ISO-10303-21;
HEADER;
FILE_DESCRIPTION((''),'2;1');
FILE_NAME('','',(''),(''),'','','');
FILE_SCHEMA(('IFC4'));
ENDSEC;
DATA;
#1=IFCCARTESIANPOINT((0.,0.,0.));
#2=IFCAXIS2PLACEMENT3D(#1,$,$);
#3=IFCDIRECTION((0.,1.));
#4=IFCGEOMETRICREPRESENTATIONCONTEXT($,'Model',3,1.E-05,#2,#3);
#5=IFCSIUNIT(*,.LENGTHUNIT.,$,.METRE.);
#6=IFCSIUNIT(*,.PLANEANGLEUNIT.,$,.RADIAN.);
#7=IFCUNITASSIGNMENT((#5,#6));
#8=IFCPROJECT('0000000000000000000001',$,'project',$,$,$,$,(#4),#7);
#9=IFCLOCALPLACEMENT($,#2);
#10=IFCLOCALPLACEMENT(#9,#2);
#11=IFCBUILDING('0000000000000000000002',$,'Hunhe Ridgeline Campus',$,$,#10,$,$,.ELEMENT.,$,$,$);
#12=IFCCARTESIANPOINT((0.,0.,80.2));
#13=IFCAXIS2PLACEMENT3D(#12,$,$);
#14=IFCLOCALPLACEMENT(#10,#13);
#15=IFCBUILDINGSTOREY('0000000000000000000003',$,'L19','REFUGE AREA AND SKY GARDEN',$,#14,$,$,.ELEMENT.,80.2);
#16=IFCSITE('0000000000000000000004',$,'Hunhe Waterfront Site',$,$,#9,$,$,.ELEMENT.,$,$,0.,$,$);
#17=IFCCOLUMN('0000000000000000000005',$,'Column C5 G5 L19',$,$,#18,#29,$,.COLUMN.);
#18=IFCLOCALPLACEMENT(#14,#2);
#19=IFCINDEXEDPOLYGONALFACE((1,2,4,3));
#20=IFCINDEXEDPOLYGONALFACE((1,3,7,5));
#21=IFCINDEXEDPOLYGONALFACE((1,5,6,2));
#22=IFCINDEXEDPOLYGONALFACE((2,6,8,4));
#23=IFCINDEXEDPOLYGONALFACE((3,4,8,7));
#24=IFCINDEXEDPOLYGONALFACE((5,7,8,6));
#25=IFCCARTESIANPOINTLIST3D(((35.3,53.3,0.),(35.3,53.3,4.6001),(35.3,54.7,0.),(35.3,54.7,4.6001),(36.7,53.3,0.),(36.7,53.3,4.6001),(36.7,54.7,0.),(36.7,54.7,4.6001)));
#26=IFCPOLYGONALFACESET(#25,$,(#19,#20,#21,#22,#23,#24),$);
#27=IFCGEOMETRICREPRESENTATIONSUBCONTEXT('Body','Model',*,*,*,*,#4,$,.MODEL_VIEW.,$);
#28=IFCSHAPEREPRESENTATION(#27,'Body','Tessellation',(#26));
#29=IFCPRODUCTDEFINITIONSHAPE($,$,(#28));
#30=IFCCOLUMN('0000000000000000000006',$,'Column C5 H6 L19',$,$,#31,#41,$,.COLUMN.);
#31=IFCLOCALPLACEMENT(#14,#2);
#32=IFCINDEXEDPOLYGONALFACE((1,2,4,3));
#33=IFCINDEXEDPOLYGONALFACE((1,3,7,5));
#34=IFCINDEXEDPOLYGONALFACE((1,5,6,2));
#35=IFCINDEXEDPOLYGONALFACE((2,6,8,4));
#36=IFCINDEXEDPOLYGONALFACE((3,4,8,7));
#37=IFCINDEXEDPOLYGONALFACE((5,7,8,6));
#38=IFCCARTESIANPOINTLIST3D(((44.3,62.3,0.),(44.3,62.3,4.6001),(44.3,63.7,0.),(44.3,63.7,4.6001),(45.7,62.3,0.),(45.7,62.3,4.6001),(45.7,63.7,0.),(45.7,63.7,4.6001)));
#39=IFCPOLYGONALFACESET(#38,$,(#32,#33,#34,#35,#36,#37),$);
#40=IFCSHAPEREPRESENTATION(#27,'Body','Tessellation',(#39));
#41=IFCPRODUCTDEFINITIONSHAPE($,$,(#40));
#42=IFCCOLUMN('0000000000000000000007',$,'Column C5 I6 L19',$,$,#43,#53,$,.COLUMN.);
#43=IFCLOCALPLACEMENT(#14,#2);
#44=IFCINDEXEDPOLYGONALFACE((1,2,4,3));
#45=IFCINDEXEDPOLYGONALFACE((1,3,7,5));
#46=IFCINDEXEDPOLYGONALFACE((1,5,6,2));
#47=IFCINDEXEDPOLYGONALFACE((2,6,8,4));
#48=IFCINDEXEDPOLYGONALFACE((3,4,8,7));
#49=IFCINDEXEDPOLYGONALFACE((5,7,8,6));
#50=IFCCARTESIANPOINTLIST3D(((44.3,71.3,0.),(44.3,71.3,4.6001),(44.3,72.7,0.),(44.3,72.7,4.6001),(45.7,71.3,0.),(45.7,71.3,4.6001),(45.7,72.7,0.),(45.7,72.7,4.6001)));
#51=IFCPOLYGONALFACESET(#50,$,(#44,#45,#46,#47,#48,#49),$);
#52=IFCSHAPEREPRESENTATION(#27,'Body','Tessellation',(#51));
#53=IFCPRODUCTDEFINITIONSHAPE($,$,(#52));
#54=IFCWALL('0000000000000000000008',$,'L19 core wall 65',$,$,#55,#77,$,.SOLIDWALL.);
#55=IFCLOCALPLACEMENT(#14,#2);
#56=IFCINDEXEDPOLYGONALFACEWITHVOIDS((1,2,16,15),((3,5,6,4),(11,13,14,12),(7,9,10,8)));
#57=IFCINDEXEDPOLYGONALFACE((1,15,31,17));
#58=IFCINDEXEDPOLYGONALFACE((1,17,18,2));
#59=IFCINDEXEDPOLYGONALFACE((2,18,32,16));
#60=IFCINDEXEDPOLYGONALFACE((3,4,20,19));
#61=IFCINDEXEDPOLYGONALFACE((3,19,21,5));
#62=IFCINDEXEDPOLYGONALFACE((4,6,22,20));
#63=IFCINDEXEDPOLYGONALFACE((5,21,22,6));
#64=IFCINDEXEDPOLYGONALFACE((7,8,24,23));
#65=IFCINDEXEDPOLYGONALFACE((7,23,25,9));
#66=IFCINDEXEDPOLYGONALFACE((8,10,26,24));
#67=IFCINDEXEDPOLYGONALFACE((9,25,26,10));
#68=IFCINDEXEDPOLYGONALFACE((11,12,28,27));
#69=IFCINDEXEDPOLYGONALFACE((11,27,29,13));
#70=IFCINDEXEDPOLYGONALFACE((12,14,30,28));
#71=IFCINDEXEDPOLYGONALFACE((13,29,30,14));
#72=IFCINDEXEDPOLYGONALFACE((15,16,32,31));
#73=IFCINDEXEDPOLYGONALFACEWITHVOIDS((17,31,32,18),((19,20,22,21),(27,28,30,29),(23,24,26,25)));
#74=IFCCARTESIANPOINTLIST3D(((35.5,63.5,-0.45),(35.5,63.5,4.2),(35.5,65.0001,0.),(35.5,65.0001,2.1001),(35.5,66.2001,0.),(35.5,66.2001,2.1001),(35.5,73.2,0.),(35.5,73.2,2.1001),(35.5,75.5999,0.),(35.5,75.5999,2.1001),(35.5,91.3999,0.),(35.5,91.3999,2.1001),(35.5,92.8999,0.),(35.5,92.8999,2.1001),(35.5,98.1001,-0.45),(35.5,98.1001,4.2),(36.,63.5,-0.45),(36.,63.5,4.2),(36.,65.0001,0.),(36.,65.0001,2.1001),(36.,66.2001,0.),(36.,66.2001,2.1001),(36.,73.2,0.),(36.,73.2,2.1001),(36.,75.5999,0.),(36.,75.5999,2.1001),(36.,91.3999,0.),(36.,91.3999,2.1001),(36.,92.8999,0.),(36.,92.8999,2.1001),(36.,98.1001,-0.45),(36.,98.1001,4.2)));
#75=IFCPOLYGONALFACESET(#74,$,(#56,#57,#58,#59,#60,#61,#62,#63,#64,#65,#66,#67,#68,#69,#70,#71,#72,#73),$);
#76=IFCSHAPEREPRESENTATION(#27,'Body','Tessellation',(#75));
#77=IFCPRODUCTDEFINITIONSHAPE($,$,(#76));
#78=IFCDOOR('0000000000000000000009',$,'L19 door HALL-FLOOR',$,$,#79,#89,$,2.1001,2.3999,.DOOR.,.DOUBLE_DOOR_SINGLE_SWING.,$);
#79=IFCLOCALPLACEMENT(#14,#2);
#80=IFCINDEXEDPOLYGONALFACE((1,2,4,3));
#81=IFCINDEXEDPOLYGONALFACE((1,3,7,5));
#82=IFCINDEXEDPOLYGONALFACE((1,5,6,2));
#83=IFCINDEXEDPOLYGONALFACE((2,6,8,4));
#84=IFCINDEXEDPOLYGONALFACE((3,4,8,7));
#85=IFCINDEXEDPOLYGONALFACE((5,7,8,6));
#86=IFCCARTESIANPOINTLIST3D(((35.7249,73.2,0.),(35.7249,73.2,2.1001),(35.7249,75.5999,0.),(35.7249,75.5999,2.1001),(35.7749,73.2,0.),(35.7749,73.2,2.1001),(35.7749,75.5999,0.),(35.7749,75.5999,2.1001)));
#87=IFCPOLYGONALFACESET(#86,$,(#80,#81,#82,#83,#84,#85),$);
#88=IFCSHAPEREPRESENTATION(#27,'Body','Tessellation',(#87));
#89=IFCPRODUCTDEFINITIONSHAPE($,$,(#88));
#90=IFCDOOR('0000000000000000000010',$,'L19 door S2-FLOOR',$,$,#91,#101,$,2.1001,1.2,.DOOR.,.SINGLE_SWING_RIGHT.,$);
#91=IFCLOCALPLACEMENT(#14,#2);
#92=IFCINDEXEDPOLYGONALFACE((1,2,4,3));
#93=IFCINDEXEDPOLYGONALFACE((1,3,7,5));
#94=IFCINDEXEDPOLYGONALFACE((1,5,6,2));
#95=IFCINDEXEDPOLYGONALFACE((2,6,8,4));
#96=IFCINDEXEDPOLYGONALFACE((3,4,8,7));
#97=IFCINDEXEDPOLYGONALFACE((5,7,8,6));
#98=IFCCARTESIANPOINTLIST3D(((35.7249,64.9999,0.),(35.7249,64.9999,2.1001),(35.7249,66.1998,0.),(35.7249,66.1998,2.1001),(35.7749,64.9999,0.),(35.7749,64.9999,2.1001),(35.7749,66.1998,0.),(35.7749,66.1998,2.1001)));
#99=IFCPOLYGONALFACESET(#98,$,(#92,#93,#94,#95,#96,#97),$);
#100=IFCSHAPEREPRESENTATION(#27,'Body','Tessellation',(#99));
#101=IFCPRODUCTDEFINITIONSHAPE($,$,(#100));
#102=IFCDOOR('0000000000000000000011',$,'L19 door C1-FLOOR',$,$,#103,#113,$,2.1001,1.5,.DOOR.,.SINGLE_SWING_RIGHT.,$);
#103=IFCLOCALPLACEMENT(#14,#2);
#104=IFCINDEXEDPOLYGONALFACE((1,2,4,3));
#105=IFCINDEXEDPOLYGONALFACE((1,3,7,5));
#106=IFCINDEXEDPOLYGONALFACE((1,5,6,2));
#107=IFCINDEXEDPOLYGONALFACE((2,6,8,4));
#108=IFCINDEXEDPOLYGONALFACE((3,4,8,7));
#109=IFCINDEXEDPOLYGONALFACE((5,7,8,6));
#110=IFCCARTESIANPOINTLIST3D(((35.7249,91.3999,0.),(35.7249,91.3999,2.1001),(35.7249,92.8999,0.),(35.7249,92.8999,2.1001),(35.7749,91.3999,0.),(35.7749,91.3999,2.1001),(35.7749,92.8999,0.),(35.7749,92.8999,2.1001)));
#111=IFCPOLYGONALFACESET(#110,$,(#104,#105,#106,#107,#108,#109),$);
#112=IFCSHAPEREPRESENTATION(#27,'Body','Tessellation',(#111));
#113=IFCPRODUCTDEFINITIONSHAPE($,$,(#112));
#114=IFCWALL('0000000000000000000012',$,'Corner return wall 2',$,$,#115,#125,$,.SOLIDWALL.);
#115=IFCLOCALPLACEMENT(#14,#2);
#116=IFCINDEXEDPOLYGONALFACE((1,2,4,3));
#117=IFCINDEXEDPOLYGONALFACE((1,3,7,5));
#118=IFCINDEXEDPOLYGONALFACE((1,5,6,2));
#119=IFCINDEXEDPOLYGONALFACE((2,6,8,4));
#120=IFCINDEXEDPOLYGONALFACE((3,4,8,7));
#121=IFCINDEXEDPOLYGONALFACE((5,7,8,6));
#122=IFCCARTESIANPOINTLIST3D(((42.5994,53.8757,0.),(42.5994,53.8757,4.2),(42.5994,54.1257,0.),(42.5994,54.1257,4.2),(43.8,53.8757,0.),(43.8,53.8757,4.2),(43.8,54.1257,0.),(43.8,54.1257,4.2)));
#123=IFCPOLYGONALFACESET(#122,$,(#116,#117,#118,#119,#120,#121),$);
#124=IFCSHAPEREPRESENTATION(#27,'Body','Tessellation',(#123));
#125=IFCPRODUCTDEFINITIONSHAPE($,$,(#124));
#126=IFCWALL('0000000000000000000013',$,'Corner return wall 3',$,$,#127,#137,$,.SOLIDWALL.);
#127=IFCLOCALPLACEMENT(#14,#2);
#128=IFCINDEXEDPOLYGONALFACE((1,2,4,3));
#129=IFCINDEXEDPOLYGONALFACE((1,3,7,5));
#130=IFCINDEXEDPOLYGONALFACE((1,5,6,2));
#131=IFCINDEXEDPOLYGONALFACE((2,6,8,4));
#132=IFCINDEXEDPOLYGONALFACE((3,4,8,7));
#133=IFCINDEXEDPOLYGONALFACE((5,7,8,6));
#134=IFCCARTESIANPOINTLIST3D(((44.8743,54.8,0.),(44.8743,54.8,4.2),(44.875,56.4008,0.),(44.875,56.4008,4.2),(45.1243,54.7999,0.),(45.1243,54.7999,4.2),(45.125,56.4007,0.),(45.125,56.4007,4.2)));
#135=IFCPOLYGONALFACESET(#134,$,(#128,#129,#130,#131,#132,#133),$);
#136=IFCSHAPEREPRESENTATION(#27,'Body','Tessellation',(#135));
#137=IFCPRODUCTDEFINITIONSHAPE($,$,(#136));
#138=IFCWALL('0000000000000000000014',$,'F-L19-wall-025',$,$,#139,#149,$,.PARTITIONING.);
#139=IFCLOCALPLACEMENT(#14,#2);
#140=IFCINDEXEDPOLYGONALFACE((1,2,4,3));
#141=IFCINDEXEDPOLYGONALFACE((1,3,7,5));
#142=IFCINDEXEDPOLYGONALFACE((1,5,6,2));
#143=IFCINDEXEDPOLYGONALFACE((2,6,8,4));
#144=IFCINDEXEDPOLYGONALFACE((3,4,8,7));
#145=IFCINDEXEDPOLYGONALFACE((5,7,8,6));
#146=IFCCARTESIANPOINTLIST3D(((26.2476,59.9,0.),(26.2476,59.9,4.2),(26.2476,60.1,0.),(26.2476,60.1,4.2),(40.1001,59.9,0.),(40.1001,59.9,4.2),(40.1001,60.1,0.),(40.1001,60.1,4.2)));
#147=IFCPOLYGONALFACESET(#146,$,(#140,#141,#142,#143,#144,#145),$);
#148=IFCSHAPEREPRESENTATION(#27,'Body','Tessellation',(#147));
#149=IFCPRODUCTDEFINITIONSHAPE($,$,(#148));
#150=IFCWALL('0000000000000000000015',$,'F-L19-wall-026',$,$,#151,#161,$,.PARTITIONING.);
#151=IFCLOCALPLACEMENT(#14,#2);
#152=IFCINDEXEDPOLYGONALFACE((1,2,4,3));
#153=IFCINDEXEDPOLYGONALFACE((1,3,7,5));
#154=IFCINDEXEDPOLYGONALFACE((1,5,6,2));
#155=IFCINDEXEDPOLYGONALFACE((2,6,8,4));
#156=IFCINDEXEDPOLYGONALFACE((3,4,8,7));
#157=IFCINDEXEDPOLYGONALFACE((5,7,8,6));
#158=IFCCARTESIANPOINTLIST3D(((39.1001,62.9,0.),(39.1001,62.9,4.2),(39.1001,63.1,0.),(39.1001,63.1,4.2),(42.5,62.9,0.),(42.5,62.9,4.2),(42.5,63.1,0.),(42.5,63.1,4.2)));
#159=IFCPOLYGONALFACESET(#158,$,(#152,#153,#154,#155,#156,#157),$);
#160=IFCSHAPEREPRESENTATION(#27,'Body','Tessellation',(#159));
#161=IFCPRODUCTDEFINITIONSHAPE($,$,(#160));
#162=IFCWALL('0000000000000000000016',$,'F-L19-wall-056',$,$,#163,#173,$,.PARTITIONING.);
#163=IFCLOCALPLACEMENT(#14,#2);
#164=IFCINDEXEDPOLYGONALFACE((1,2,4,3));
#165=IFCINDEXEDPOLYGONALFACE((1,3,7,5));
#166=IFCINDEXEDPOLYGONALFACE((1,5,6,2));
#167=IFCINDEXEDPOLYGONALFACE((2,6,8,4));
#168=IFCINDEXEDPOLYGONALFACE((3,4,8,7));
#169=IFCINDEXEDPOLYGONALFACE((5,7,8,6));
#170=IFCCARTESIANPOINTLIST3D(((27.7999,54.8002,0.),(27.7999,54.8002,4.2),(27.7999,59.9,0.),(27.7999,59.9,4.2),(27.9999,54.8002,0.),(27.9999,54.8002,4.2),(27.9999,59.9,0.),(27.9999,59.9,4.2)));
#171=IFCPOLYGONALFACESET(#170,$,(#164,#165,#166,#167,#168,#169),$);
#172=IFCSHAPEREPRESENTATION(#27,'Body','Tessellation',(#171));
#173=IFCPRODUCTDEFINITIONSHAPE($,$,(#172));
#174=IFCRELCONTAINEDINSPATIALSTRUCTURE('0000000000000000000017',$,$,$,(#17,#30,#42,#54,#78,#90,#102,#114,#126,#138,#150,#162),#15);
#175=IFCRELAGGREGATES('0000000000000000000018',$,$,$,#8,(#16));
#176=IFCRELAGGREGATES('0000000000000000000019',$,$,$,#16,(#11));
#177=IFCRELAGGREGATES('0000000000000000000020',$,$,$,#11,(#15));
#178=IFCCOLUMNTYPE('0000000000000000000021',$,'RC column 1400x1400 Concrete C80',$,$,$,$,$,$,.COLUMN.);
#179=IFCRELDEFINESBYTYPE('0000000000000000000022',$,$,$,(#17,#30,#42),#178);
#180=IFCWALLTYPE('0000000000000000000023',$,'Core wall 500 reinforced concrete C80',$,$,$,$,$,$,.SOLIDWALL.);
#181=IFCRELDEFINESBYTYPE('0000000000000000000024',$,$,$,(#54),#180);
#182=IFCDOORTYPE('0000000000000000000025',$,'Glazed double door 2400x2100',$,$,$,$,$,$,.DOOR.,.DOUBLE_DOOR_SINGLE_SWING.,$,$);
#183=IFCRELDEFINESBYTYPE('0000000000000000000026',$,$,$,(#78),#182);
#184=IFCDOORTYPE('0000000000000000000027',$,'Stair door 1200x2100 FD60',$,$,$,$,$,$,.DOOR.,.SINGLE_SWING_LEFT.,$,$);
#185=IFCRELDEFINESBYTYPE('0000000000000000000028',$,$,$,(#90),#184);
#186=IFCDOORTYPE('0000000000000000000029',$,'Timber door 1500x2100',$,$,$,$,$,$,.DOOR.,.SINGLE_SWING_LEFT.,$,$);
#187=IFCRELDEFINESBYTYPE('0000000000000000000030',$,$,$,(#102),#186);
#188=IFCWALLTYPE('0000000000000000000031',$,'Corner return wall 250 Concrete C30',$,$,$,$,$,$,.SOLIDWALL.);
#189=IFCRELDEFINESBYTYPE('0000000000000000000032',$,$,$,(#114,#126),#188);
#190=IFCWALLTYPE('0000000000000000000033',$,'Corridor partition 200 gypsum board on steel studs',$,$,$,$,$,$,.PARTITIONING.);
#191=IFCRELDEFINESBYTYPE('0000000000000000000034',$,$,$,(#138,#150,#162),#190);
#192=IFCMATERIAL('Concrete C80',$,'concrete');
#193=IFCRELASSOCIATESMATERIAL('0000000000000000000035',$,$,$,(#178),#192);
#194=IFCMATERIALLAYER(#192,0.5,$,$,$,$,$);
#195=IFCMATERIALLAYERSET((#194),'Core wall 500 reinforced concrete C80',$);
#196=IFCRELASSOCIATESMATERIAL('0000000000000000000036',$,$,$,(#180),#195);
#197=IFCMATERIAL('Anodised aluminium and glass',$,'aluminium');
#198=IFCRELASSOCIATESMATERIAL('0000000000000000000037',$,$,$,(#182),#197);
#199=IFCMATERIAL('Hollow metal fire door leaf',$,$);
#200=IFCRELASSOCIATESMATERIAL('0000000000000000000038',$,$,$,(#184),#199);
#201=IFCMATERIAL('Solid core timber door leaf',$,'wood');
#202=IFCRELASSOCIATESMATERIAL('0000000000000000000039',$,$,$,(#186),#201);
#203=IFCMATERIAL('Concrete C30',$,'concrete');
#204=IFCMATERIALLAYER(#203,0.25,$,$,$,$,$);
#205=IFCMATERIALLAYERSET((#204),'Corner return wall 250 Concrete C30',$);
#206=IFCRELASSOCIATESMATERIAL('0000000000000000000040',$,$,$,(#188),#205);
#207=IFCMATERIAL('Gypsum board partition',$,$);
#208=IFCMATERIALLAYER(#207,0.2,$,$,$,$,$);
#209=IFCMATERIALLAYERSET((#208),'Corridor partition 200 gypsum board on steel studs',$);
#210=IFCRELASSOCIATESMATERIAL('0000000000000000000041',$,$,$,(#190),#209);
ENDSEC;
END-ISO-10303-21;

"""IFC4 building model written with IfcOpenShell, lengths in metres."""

from ifc_helpers import new_model, si_unit, direction, frame, frame_2d, origin, origin_2d, place, context, subcontext, project, spatial, rectangle, extrude, material, layer, layer_set, material_profile, profile_set, type_object, element, fill, save


model = new_model("IFC4")

# Units and contexts
model_context = context("Model", 3, precision=1e-05, world=origin(), true_north=direction((0.0, 1.0)))
body_context = subcontext(model_context, "Body", "Model", "MODEL_VIEW")
ifc_project = project(units=[si_unit("LENGTHUNIT", "METRE"), si_unit("PLANEANGLEUNIT", "RADIAN")], contexts=[model_context])

# Site, building, storey
site_placement = place(None, origin())
site = spatial("IfcSite", under=ifc_project, at=site_placement, Name="Hunhe Waterfront Site", CompositionType="ELEMENT", RefElevation=0.0)
building_placement = place(site_placement, origin())
building = spatial("IfcBuilding", under=site, at=building_placement, Name="Hunhe Ridgeline Campus", CompositionType="ELEMENT")
storey_placement = place(building_placement, frame((0.0, 0.0, 80.2)))
storey = spatial("IfcBuildingStorey", under=building, at=storey_placement, Name="L19", Description="REFUGE AREA AND SKY GARDEN", CompositionType="ELEMENT", Elevation=80.2)

# Columns
ifc_material_1 = material(Name="Concrete C80", Category="concrete")
ifc_material_profile = material_profile(ifc_material_1, rectangle(XDim=1.3999, YDim=1.3999, at=origin_2d()))
ifc_profile_set = profile_set([ifc_material_profile], Name="Concrete C80")
column_type = type_object("IfcColumnType", Name="RC column 1400x1400 Concrete C80", PredefinedType="COLUMN", material=ifc_profile_set)
for number, where, z_axis, x_axis, name in (
    (1, (36.0, 54.0, 0.0), (0.0, 0.0, 1.0), (1.0, 0.0, 0.0), "Column C5 G5 L19"),
    (2, (45.0, 63.0, 0.0), (0.0, 0.0, 1.0), (1.0, 0.0, 0.0), "Column C5 H6 L19"),
    (3, (45.0, 72.0, 0.0), (0.0, 0.0, 1.0), (1.0, 0.0, 0.0), "Column C5 I6 L19"),
):
    element("IfcColumn", number, at=place(storey_placement, frame(where, z_axis=z_axis, x_axis=x_axis)), inside=storey, type_object=column_type, Name=name, PredefinedType="COLUMN", context=body_context, shape_type="SweptSolid", body=[
        extrude(rectangle(XDim=1.3999, YDim=1.3999, at=origin_2d()), origin(), (0.0, 0.0, 1.0), 4.6001),
    ])

# Wall, openings, doors
ifc_layer_1 = layer(ifc_material_1, 0.5)
ifc_layer_set_1 = layer_set([ifc_layer_1], Name="Core wall 500 reinforced concrete C80")
wall_type_1 = type_object("IfcWallType", Name="Core wall 500 reinforced concrete C80", PredefinedType="SOLIDWALL", material=ifc_layer_set_1)
wall_1_placement = place(storey_placement, frame((35.75, 63.5, -0.45), z_axis=(0.0, 0.0, 1.0), x_axis=(0.0, 1.0, 0.0)))
wall_1 = element("IfcWall", 4, at=wall_1_placement, inside=storey, type_object=wall_type_1, Name="L19 core wall 65", PredefinedType="SOLIDWALL", context=body_context, shape_type="SweptSolid", body=[
    extrude(rectangle(XDim=34.6001, YDim=0.5, at=frame_2d((17.3, 0.0))), origin(), (0.0, 0.0, 1.0), 4.6499),
])
opening_1_placement = place(wall_1_placement, frame((9.7, 0.0, 0.45)))
opening_1 = element("IfcOpeningElement", 5, at=opening_1_placement, cuts=wall_1, PredefinedType="OPENING", context=body_context, shape_type="SweptSolid", body=[
    extrude(rectangle(XDim=2.3999, YDim=2.1001, at=frame_2d((1.2, 1.05))), frame((0.0, 0.25, 0.0), z_axis=(0.0, -1.0, 0.0), x_axis=(1.0, 0.0, 0.0)), (0.0, 0.0, 1.0), 0.5),
])
opening_2_placement = place(wall_1_placement, frame((27.8999, 0.0, 0.45)))
opening_2 = element("IfcOpeningElement", 6, at=opening_2_placement, cuts=wall_1, PredefinedType="OPENING", context=body_context, shape_type="SweptSolid", body=[
    extrude(rectangle(XDim=1.5, YDim=2.1001, at=frame_2d((0.75, 1.05))), frame((0.0, 0.25, 0.0), z_axis=(0.0, -1.0, 0.0), x_axis=(1.0, 0.0, 0.0)), (0.0, 0.0, 1.0), 0.5),
])
opening_3_placement = place(wall_1_placement, frame((1.5, 0.0, 0.45)))
opening_3 = element("IfcOpeningElement", 7, at=opening_3_placement, cuts=wall_1, PredefinedType="OPENING", context=body_context, shape_type="SweptSolid", body=[
    extrude(rectangle(XDim=1.2, YDim=2.1001, at=frame_2d((0.6001, 1.05))), frame((0.0, 0.25, 0.0), z_axis=(0.0, -1.0, 0.0), x_axis=(1.0, 0.0, 0.0)), (0.0, 0.0, 1.0), 0.5),
])
ifc_material_2 = material(Name="Anodised aluminium and glass", Category="aluminium")
door_type_1 = type_object("IfcDoorType", Name="Glazed double door 2400x2100", OperationType="DOUBLE_DOOR_SINGLE_SWING", PredefinedType="DOOR", material=ifc_material_2)
door_1_placement = place(opening_1_placement, frame((2.3999, 0.0, 0.0), z_axis=(0.0, 0.0, 1.0), x_axis=(-1.0, 0.0, 0.0)))
door_1 = element("IfcDoor", 8, at=door_1_placement, inside=storey, type_object=door_type_1, Name="L19 door HALL-FLOOR", OperationType="DOUBLE_DOOR_SINGLE_SWING", OverallHeight=2.1001, OverallWidth=2.3999, PredefinedType="DOOR", context=body_context, shape_type="SweptSolid", body=[
    extrude(rectangle(XDim=2.3999, YDim=2.1001, at=frame_2d((1.2, 1.05))), frame((0.0, 0.0249, 0.0), z_axis=(0.0, -1.0, 0.0), x_axis=(1.0, 0.0, 0.0)), (0.0, 0.0, 1.0), 0.05),
])
fill(opening_1, door_1)
ifc_material_3 = material(Name="Hollow metal fire door leaf")
door_type_2 = type_object("IfcDoorType", Name="Stair door 1200x2100 FD60", OperationType="SINGLE_SWING_LEFT", PredefinedType="DOOR", material=ifc_material_3)
door_2_placement = place(opening_3_placement, frame((1.2, 0.0, 0.0), z_axis=(0.0, 0.0, 1.0), x_axis=(-1.0, 0.0, 0.0)))
door_2 = element("IfcDoor", 9, at=door_2_placement, inside=storey, type_object=door_type_2, Name="L19 door S2-FLOOR", OperationType="SINGLE_SWING_RIGHT", OverallHeight=2.1001, OverallWidth=1.2, PredefinedType="DOOR", context=body_context, shape_type="SweptSolid", body=[
    extrude(rectangle(XDim=1.2, YDim=2.1001, at=frame_2d((0.6001, 1.05))), frame((0.0, 0.0249, 0.0), z_axis=(0.0, -1.0, 0.0), x_axis=(1.0, 0.0, 0.0)), (0.0, 0.0, 1.0), 0.05),
])
fill(opening_3, door_2)
ifc_material_4 = material(Name="Solid core timber door leaf", Category="wood")
door_type_3 = type_object("IfcDoorType", Name="Timber door 1500x2100", OperationType="SINGLE_SWING_LEFT", PredefinedType="DOOR", material=ifc_material_4)
door_3_placement = place(opening_2_placement, frame((1.5, 0.0, 0.0), z_axis=(0.0, 0.0, 1.0), x_axis=(-1.0, 0.0, 0.0)))
door_3 = element("IfcDoor", 10, at=door_3_placement, inside=storey, type_object=door_type_3, Name="L19 door C1-FLOOR", OperationType="SINGLE_SWING_RIGHT", OverallHeight=2.1001, OverallWidth=1.5, PredefinedType="DOOR", context=body_context, shape_type="SweptSolid", body=[
    extrude(rectangle(XDim=1.5, YDim=2.1001, at=frame_2d((0.75, 1.05))), frame((0.0, 0.0249, 0.0), z_axis=(0.0, -1.0, 0.0), x_axis=(1.0, 0.0, 0.0)), (0.0, 0.0, 1.0), 0.05),
])
fill(opening_2, door_3)

# Walls
ifc_material_5 = material(Name="Concrete C30", Category="concrete")
ifc_layer_2 = layer(ifc_material_5, 0.25)
ifc_layer_set_2 = layer_set([ifc_layer_2], Name="Corner return wall 250 Concrete C30")
wall_type_2 = type_object("IfcWallType", Name="Corner return wall 250 Concrete C30", PredefinedType="SOLIDWALL", material=ifc_layer_set_2)
wall_2_placement = place(storey_placement, frame((42.5994, 54.0007, 0.0), z_axis=(0.0, 0.0, 1.0), x_axis=(1.0, 0.0, 0.0)))
element("IfcWall", 11, at=wall_2_placement, inside=storey, type_object=wall_type_2, Name="Corner return wall 2", PredefinedType="SOLIDWALL", context=body_context, shape_type="SweptSolid", body=[
    extrude(rectangle(XDim=1.2007, YDim=0.25, at=frame_2d((0.6003, 0.0))), origin(), (0.0, 0.0, 1.0), 4.2),
])
wall_3_placement = place(storey_placement, frame((44.9993, 54.8, 0.0), z_axis=(0.0, 0.0, 1.0), x_axis=(0.000458, 1.0, 0.0)))
element("IfcWall", 12, at=wall_3_placement, inside=storey, type_object=wall_type_2, Name="Corner return wall 3", PredefinedType="SOLIDWALL", context=body_context, shape_type="SweptSolid", body=[
    extrude(rectangle(XDim=1.6008, YDim=0.25, at=frame_2d((0.8003, 0.0))), origin(), (0.0, 0.0, 1.0), 4.2),
])
ifc_material_6 = material(Name="Gypsum board partition")
ifc_layer_3 = layer(ifc_material_6, 0.2)
ifc_layer_set_3 = layer_set([ifc_layer_3], Name="Corridor partition 200 gypsum board on steel studs")
wall_type_3 = type_object("IfcWallType", Name="Corridor partition 200 gypsum board on steel studs", PredefinedType="PARTITIONING", material=ifc_layer_set_3)
wall_4_placement = place(storey_placement, frame((40.1001, 60.0, 0.0), z_axis=(0.0, 0.0, 1.0), x_axis=(-1.0, 0.0, 0.0)))
element("IfcWall", 13, at=wall_4_placement, inside=storey, type_object=wall_type_3, Name="F-L19-wall-025", PredefinedType="PARTITIONING", context=body_context, shape_type="SweptSolid", body=[
    extrude(rectangle(XDim=13.8525, YDim=0.2, at=frame_2d((6.9263, 0.0))), origin(), (0.0, 0.0, 1.0), 4.2),
])
wall_5_placement = place(storey_placement, frame((39.1001, 63.0, 0.0), z_axis=(0.0, 0.0, 1.0), x_axis=(1.0, 0.0, 0.0)))
element("IfcWall", 14, at=wall_5_placement, inside=storey, type_object=wall_type_3, Name="F-L19-wall-026", PredefinedType="PARTITIONING", context=body_context, shape_type="SweptSolid", body=[
    extrude(rectangle(XDim=3.3999, YDim=0.2, at=frame_2d((1.7, 0.0))), origin(), (0.0, 0.0, 1.0), 4.2),
])

# Wall
wall_6_placement = place(storey_placement, frame((27.8999, 59.8999, 0.0), z_axis=(0.0, 0.0, 1.0), x_axis=(0.0, -1.0, 0.0)))
element("IfcWall", 15, at=wall_6_placement, inside=storey, type_object=wall_type_3, Name="F-L19-wall-056", PredefinedType="PARTITIONING", context=body_context, shape_type="SweptSolid", body=[
    extrude(rectangle(XDim=5.0999, YDim=0.2, at=frame_2d((2.5498, 0.0))), origin(), (0.0, 0.0, 1.0), 4.2),
])

save(model, "model.ifc")
